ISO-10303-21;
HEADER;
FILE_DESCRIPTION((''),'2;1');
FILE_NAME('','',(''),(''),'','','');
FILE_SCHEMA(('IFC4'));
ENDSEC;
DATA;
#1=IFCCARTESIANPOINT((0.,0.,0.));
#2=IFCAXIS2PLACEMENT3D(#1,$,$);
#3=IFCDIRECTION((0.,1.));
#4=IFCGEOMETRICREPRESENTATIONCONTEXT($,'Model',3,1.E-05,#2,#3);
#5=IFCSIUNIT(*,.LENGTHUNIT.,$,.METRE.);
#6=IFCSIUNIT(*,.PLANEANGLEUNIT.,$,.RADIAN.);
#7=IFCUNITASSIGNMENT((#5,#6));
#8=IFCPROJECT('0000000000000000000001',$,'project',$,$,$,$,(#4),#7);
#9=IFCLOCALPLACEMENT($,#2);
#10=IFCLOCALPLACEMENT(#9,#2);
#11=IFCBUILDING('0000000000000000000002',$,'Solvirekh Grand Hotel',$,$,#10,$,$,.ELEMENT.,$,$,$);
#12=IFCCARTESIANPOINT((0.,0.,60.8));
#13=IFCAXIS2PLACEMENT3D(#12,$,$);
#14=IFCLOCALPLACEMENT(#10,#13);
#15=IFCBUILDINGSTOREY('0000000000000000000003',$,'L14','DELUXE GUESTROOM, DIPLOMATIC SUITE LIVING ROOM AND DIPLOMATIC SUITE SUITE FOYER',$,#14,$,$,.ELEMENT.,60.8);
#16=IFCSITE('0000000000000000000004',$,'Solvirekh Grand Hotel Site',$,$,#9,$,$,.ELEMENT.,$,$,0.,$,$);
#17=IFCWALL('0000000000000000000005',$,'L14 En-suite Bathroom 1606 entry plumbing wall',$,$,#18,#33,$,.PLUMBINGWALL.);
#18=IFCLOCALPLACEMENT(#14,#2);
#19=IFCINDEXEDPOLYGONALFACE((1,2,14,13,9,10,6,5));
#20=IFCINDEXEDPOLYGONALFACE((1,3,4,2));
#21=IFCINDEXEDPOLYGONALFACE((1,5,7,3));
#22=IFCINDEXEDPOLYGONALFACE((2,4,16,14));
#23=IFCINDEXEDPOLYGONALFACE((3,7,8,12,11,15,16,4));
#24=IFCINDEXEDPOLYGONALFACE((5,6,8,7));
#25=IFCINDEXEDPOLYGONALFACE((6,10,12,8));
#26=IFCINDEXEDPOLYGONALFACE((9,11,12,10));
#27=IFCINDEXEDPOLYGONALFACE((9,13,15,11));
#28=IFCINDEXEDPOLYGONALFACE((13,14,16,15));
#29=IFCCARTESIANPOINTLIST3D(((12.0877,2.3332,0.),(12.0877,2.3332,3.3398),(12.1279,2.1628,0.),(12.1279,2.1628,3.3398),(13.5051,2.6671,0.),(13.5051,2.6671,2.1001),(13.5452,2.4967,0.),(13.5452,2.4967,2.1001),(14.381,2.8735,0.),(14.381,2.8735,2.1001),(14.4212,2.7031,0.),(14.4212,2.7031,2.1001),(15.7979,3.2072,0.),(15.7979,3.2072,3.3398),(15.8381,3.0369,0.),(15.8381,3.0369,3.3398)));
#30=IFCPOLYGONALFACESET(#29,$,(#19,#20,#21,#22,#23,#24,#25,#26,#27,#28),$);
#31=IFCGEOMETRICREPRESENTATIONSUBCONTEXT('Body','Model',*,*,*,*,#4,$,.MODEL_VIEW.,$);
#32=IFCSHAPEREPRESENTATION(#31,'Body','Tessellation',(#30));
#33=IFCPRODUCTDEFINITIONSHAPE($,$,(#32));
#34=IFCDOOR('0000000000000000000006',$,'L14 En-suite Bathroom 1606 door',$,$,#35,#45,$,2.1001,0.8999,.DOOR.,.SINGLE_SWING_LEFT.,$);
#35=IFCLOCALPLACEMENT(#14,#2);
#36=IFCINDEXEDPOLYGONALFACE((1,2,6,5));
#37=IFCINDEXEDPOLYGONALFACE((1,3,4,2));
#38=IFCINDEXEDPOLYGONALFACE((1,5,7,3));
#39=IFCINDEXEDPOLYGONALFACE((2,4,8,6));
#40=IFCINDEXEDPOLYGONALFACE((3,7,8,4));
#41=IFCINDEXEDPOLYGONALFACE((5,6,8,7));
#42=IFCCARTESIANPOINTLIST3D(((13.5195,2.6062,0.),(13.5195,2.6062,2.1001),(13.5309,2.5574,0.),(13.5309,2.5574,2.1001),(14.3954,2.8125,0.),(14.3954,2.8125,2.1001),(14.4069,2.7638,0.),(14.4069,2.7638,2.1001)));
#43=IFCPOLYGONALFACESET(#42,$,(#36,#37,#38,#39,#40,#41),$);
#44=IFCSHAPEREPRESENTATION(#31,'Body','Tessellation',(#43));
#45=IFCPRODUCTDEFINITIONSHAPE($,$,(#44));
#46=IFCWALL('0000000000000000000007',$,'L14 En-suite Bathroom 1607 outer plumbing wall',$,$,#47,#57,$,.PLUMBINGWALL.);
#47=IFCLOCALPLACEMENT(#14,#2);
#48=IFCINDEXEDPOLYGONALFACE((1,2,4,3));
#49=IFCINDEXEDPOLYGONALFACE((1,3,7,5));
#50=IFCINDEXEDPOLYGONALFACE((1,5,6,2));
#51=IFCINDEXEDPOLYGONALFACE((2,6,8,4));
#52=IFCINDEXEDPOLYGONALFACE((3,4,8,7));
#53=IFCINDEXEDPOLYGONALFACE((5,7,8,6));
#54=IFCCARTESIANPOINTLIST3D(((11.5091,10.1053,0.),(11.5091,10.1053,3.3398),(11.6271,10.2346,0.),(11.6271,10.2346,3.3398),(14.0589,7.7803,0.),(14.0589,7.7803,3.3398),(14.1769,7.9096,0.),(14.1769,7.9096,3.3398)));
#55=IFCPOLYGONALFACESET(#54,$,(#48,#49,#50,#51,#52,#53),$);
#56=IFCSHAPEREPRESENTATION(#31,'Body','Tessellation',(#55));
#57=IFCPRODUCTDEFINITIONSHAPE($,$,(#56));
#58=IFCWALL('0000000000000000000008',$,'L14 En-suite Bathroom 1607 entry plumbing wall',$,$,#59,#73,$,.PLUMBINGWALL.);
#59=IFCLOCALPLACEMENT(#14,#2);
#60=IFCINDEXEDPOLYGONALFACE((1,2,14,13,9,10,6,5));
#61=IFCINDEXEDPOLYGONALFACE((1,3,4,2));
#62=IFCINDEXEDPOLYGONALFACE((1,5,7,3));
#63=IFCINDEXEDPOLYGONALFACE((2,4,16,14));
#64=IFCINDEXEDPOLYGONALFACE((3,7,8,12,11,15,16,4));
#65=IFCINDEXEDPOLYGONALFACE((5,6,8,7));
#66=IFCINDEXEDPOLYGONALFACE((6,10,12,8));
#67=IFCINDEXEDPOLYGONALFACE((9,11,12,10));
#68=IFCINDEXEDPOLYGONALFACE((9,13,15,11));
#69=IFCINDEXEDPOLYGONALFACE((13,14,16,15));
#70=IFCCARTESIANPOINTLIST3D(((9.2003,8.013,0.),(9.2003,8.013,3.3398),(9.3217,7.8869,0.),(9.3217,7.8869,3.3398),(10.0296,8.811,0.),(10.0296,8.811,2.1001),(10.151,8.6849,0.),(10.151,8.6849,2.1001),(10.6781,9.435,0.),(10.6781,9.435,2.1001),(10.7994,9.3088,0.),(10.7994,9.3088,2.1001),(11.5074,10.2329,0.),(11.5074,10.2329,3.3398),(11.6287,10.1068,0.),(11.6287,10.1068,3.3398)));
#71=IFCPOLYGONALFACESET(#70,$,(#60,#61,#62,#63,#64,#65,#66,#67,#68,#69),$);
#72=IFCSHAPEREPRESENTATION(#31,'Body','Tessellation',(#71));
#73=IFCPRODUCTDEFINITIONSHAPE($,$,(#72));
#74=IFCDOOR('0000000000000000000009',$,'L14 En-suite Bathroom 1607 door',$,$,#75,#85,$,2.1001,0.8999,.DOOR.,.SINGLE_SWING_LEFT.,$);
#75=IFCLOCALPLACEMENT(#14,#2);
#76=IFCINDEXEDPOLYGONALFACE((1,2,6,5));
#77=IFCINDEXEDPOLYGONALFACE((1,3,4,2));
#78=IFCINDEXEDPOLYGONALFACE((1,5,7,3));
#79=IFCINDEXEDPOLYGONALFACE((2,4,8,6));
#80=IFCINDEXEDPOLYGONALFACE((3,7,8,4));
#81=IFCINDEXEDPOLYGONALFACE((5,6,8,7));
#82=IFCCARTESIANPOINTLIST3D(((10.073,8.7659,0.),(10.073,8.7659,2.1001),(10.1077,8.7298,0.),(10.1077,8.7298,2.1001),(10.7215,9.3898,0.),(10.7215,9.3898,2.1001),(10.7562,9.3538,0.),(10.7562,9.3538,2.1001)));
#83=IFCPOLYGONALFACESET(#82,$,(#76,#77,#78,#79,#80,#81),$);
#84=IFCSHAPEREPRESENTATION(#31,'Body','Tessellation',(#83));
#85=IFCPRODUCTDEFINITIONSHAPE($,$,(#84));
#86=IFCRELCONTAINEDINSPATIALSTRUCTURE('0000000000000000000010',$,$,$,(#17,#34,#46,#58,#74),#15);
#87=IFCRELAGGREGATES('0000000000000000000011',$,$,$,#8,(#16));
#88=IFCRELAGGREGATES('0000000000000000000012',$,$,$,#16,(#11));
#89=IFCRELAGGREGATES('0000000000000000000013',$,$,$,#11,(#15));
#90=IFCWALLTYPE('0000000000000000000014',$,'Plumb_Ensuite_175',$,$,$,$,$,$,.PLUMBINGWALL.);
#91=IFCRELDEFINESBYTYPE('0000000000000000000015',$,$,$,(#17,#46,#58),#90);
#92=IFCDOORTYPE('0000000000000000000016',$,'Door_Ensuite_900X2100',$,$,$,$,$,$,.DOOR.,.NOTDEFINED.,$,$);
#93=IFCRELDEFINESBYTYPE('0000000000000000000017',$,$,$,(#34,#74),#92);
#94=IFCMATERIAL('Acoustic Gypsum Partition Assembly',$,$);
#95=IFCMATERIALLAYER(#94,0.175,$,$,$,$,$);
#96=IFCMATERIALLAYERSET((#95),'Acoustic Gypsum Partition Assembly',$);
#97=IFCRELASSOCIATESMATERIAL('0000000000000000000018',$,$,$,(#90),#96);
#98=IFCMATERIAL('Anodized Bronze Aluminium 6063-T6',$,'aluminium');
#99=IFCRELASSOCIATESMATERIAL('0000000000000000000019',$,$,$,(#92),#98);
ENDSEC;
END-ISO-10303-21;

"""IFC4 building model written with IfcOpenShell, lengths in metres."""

from ifc_helpers import new_model, si_unit, direction, frame, frame_2d, origin, place, context, subcontext, project, spatial, rectangle, extrude, material, layer, layer_set, type_object, element, fill, save


model = new_model("IFC4")

# Units and contexts
model_context = context("Model", 3, precision=1e-05, world=origin(), true_north=direction((0.0, 1.0)))
body_context = subcontext(model_context, "Body", "Model", "MODEL_VIEW")
ifc_project = project(units=[si_unit("LENGTHUNIT", "METRE"), si_unit("PLANEANGLEUNIT", "RADIAN")], contexts=[model_context])

# Site, building, storey
site_placement = place(None, origin())
site = spatial("IfcSite", under=ifc_project, at=site_placement, Name="Solvirekh Grand Hotel Site", CompositionType="ELEMENT", RefElevation=0.0)
building_placement = place(site_placement, origin())
building = spatial("IfcBuilding", under=site, at=building_placement, Name="Solvirekh Grand Hotel", CompositionType="ELEMENT")
storey_placement = place(building_placement, frame((0.0, 0.0, 60.8)))
storey = spatial("IfcBuildingStorey", under=building, at=storey_placement, Name="L14", Description="DELUXE GUESTROOM, DIPLOMATIC SUITE LIVING ROOM AND DIPLOMATIC SUITE SUITE FOYER", CompositionType="ELEMENT", Elevation=60.8)

# Shared definitions
ifc_material_1 = material(Name="Anodized Bronze Aluminium 6063-T6", Category="aluminium")

# Shared definitions
ifc_material_2 = material(Name="Acoustic Gypsum Partition Assembly")

# Wall, opening, door
ifc_layer_1 = layer(ifc_material_2, 0.175)
ifc_layer_set_1 = layer_set([ifc_layer_1], Name="Acoustic Gypsum Partition Assembly")
wall_type_1 = type_object("IfcWallType", Name="Plumb_Ensuite_175", PredefinedType="PLUMBINGWALL", material=ifc_layer_set_1)
wall_1_placement = place(storey_placement, frame((12.1079, 2.248, 0.0), z_axis=(0.0, 0.0, 1.0), x_axis=(0.973357, 0.229296, 0.0)))
wall_1 = element("IfcWall", 1, at=wall_1_placement, inside=storey, type_object=wall_type_1, Name="L14 En-suite Bathroom 1606 entry plumbing wall", PredefinedType="PLUMBINGWALL", context=body_context, shape_type="SweptSolid", body=[
    extrude(rectangle(XDim=3.8118, YDim=0.175, at=frame_2d((1.9058, 0.0))), origin(), (0.0, 0.0, 1.0), 3.3398),
])
opening_1_placement = place(wall_1_placement, frame((1.4561, 0.0, 0.0)))
opening_1 = element("IfcOpeningElement", 2, at=opening_1_placement, cuts=wall_1, PredefinedType="OPENING", context=body_context, shape_type="SweptSolid", body=[
    extrude(rectangle(XDim=0.8999, YDim=2.1001, at=frame_2d((0.45, 1.05))), frame((0.0, 0.0977, 0.0), z_axis=(0.0, -1.0, 0.0), x_axis=(1.0, 0.0, 0.0)), (0.0, 0.0, 1.0), 0.1951),
])
door_type_1 = type_object("IfcDoorType", Name="Door_Ensuite_900X2100", OperationType="NOTDEFINED", PredefinedType="DOOR", material=ifc_material_1)
door_1_placement = place(opening_1_placement, origin())
door_1 = element("IfcDoor", 3, at=door_1_placement, inside=storey, type_object=door_type_1, Name="L14 En-suite Bathroom 1606 door", OperationType="SINGLE_SWING_LEFT", OverallHeight=2.1001, OverallWidth=0.8999, PredefinedType="DOOR", context=body_context, shape_type="SweptSolid", body=[
    extrude(rectangle(XDim=0.8999, YDim=2.1001, at=frame_2d((0.45, 1.05))), frame((0.0, 0.0249, 0.0), z_axis=(0.0, -1.0, 0.0), x_axis=(1.0, 0.0, 0.0)), (0.0, 0.0, 1.0), 0.05),
])
fill(opening_1, door_1)

# Wall
wall_2_placement = place(storey_placement, frame((14.1179, 7.845, 0.0), z_axis=(0.0, 0.0, 1.0), x_axis=(-0.738937, 0.673774, 0.0)))
element("IfcWall", 4, at=wall_2_placement, inside=storey, type_object=wall_type_1, Name="L14 En-suite Bathroom 1607 outer plumbing wall", PredefinedType="PLUMBINGWALL", context=body_context, shape_type="SweptSolid", body=[
    extrude(rectangle(XDim=3.4507, YDim=0.175, at=frame_2d((1.7253, 0.0))), origin(), (0.0, 0.0, 1.0), 3.3398),
])

# Wall, opening, door
wall_3_placement = place(storey_placement, frame((9.261, 7.95, 0.0), z_axis=(0.0, 0.0, 1.0), x_axis=(0.720587, 0.693365, 0.0)))
wall_3 = element("IfcWall", 5, at=wall_3_placement, inside=storey, type_object=wall_type_1, Name="L14 En-suite Bathroom 1607 entry plumbing wall", PredefinedType="PLUMBINGWALL", context=body_context, shape_type="SweptSolid", body=[
    extrude(rectangle(XDim=3.2017, YDim=0.175, at=frame_2d((1.6008, 0.0))), origin(), (0.0, 0.0, 1.0), 3.3398),
])
opening_2_placement = place(wall_3_placement, frame((1.1509, 0.0, 0.0)))
opening_2 = element("IfcOpeningElement", 6, at=opening_2_placement, cuts=wall_3, PredefinedType="OPENING", context=body_context, shape_type="SweptSolid", body=[
    extrude(rectangle(XDim=0.8999, YDim=2.1001, at=frame_2d((0.45, 1.05))), frame((0.0, 0.0977, 0.0), z_axis=(0.0, -1.0, 0.0), x_axis=(1.0, 0.0, 0.0)), (0.0, 0.0, 1.0), 0.1951),
])
door_2_placement = place(opening_2_placement, origin())
door_2 = element("IfcDoor", 7, at=door_2_placement, inside=storey, type_object=door_type_1, Name="L14 En-suite Bathroom 1607 door", OperationType="SINGLE_SWING_LEFT", OverallHeight=2.1001, OverallWidth=0.8999, PredefinedType="DOOR", context=body_context, shape_type="SweptSolid", body=[
    extrude(rectangle(XDim=0.8999, YDim=2.1001, at=frame_2d((0.45, 1.05))), frame((0.0, 0.0249, 0.0), z_axis=(0.0, -1.0, 0.0), x_axis=(1.0, 0.0, 0.0)), (0.0, 0.0, 1.0), 0.05),
])
fill(opening_2, door_2)

save(model, "model.ifc")
